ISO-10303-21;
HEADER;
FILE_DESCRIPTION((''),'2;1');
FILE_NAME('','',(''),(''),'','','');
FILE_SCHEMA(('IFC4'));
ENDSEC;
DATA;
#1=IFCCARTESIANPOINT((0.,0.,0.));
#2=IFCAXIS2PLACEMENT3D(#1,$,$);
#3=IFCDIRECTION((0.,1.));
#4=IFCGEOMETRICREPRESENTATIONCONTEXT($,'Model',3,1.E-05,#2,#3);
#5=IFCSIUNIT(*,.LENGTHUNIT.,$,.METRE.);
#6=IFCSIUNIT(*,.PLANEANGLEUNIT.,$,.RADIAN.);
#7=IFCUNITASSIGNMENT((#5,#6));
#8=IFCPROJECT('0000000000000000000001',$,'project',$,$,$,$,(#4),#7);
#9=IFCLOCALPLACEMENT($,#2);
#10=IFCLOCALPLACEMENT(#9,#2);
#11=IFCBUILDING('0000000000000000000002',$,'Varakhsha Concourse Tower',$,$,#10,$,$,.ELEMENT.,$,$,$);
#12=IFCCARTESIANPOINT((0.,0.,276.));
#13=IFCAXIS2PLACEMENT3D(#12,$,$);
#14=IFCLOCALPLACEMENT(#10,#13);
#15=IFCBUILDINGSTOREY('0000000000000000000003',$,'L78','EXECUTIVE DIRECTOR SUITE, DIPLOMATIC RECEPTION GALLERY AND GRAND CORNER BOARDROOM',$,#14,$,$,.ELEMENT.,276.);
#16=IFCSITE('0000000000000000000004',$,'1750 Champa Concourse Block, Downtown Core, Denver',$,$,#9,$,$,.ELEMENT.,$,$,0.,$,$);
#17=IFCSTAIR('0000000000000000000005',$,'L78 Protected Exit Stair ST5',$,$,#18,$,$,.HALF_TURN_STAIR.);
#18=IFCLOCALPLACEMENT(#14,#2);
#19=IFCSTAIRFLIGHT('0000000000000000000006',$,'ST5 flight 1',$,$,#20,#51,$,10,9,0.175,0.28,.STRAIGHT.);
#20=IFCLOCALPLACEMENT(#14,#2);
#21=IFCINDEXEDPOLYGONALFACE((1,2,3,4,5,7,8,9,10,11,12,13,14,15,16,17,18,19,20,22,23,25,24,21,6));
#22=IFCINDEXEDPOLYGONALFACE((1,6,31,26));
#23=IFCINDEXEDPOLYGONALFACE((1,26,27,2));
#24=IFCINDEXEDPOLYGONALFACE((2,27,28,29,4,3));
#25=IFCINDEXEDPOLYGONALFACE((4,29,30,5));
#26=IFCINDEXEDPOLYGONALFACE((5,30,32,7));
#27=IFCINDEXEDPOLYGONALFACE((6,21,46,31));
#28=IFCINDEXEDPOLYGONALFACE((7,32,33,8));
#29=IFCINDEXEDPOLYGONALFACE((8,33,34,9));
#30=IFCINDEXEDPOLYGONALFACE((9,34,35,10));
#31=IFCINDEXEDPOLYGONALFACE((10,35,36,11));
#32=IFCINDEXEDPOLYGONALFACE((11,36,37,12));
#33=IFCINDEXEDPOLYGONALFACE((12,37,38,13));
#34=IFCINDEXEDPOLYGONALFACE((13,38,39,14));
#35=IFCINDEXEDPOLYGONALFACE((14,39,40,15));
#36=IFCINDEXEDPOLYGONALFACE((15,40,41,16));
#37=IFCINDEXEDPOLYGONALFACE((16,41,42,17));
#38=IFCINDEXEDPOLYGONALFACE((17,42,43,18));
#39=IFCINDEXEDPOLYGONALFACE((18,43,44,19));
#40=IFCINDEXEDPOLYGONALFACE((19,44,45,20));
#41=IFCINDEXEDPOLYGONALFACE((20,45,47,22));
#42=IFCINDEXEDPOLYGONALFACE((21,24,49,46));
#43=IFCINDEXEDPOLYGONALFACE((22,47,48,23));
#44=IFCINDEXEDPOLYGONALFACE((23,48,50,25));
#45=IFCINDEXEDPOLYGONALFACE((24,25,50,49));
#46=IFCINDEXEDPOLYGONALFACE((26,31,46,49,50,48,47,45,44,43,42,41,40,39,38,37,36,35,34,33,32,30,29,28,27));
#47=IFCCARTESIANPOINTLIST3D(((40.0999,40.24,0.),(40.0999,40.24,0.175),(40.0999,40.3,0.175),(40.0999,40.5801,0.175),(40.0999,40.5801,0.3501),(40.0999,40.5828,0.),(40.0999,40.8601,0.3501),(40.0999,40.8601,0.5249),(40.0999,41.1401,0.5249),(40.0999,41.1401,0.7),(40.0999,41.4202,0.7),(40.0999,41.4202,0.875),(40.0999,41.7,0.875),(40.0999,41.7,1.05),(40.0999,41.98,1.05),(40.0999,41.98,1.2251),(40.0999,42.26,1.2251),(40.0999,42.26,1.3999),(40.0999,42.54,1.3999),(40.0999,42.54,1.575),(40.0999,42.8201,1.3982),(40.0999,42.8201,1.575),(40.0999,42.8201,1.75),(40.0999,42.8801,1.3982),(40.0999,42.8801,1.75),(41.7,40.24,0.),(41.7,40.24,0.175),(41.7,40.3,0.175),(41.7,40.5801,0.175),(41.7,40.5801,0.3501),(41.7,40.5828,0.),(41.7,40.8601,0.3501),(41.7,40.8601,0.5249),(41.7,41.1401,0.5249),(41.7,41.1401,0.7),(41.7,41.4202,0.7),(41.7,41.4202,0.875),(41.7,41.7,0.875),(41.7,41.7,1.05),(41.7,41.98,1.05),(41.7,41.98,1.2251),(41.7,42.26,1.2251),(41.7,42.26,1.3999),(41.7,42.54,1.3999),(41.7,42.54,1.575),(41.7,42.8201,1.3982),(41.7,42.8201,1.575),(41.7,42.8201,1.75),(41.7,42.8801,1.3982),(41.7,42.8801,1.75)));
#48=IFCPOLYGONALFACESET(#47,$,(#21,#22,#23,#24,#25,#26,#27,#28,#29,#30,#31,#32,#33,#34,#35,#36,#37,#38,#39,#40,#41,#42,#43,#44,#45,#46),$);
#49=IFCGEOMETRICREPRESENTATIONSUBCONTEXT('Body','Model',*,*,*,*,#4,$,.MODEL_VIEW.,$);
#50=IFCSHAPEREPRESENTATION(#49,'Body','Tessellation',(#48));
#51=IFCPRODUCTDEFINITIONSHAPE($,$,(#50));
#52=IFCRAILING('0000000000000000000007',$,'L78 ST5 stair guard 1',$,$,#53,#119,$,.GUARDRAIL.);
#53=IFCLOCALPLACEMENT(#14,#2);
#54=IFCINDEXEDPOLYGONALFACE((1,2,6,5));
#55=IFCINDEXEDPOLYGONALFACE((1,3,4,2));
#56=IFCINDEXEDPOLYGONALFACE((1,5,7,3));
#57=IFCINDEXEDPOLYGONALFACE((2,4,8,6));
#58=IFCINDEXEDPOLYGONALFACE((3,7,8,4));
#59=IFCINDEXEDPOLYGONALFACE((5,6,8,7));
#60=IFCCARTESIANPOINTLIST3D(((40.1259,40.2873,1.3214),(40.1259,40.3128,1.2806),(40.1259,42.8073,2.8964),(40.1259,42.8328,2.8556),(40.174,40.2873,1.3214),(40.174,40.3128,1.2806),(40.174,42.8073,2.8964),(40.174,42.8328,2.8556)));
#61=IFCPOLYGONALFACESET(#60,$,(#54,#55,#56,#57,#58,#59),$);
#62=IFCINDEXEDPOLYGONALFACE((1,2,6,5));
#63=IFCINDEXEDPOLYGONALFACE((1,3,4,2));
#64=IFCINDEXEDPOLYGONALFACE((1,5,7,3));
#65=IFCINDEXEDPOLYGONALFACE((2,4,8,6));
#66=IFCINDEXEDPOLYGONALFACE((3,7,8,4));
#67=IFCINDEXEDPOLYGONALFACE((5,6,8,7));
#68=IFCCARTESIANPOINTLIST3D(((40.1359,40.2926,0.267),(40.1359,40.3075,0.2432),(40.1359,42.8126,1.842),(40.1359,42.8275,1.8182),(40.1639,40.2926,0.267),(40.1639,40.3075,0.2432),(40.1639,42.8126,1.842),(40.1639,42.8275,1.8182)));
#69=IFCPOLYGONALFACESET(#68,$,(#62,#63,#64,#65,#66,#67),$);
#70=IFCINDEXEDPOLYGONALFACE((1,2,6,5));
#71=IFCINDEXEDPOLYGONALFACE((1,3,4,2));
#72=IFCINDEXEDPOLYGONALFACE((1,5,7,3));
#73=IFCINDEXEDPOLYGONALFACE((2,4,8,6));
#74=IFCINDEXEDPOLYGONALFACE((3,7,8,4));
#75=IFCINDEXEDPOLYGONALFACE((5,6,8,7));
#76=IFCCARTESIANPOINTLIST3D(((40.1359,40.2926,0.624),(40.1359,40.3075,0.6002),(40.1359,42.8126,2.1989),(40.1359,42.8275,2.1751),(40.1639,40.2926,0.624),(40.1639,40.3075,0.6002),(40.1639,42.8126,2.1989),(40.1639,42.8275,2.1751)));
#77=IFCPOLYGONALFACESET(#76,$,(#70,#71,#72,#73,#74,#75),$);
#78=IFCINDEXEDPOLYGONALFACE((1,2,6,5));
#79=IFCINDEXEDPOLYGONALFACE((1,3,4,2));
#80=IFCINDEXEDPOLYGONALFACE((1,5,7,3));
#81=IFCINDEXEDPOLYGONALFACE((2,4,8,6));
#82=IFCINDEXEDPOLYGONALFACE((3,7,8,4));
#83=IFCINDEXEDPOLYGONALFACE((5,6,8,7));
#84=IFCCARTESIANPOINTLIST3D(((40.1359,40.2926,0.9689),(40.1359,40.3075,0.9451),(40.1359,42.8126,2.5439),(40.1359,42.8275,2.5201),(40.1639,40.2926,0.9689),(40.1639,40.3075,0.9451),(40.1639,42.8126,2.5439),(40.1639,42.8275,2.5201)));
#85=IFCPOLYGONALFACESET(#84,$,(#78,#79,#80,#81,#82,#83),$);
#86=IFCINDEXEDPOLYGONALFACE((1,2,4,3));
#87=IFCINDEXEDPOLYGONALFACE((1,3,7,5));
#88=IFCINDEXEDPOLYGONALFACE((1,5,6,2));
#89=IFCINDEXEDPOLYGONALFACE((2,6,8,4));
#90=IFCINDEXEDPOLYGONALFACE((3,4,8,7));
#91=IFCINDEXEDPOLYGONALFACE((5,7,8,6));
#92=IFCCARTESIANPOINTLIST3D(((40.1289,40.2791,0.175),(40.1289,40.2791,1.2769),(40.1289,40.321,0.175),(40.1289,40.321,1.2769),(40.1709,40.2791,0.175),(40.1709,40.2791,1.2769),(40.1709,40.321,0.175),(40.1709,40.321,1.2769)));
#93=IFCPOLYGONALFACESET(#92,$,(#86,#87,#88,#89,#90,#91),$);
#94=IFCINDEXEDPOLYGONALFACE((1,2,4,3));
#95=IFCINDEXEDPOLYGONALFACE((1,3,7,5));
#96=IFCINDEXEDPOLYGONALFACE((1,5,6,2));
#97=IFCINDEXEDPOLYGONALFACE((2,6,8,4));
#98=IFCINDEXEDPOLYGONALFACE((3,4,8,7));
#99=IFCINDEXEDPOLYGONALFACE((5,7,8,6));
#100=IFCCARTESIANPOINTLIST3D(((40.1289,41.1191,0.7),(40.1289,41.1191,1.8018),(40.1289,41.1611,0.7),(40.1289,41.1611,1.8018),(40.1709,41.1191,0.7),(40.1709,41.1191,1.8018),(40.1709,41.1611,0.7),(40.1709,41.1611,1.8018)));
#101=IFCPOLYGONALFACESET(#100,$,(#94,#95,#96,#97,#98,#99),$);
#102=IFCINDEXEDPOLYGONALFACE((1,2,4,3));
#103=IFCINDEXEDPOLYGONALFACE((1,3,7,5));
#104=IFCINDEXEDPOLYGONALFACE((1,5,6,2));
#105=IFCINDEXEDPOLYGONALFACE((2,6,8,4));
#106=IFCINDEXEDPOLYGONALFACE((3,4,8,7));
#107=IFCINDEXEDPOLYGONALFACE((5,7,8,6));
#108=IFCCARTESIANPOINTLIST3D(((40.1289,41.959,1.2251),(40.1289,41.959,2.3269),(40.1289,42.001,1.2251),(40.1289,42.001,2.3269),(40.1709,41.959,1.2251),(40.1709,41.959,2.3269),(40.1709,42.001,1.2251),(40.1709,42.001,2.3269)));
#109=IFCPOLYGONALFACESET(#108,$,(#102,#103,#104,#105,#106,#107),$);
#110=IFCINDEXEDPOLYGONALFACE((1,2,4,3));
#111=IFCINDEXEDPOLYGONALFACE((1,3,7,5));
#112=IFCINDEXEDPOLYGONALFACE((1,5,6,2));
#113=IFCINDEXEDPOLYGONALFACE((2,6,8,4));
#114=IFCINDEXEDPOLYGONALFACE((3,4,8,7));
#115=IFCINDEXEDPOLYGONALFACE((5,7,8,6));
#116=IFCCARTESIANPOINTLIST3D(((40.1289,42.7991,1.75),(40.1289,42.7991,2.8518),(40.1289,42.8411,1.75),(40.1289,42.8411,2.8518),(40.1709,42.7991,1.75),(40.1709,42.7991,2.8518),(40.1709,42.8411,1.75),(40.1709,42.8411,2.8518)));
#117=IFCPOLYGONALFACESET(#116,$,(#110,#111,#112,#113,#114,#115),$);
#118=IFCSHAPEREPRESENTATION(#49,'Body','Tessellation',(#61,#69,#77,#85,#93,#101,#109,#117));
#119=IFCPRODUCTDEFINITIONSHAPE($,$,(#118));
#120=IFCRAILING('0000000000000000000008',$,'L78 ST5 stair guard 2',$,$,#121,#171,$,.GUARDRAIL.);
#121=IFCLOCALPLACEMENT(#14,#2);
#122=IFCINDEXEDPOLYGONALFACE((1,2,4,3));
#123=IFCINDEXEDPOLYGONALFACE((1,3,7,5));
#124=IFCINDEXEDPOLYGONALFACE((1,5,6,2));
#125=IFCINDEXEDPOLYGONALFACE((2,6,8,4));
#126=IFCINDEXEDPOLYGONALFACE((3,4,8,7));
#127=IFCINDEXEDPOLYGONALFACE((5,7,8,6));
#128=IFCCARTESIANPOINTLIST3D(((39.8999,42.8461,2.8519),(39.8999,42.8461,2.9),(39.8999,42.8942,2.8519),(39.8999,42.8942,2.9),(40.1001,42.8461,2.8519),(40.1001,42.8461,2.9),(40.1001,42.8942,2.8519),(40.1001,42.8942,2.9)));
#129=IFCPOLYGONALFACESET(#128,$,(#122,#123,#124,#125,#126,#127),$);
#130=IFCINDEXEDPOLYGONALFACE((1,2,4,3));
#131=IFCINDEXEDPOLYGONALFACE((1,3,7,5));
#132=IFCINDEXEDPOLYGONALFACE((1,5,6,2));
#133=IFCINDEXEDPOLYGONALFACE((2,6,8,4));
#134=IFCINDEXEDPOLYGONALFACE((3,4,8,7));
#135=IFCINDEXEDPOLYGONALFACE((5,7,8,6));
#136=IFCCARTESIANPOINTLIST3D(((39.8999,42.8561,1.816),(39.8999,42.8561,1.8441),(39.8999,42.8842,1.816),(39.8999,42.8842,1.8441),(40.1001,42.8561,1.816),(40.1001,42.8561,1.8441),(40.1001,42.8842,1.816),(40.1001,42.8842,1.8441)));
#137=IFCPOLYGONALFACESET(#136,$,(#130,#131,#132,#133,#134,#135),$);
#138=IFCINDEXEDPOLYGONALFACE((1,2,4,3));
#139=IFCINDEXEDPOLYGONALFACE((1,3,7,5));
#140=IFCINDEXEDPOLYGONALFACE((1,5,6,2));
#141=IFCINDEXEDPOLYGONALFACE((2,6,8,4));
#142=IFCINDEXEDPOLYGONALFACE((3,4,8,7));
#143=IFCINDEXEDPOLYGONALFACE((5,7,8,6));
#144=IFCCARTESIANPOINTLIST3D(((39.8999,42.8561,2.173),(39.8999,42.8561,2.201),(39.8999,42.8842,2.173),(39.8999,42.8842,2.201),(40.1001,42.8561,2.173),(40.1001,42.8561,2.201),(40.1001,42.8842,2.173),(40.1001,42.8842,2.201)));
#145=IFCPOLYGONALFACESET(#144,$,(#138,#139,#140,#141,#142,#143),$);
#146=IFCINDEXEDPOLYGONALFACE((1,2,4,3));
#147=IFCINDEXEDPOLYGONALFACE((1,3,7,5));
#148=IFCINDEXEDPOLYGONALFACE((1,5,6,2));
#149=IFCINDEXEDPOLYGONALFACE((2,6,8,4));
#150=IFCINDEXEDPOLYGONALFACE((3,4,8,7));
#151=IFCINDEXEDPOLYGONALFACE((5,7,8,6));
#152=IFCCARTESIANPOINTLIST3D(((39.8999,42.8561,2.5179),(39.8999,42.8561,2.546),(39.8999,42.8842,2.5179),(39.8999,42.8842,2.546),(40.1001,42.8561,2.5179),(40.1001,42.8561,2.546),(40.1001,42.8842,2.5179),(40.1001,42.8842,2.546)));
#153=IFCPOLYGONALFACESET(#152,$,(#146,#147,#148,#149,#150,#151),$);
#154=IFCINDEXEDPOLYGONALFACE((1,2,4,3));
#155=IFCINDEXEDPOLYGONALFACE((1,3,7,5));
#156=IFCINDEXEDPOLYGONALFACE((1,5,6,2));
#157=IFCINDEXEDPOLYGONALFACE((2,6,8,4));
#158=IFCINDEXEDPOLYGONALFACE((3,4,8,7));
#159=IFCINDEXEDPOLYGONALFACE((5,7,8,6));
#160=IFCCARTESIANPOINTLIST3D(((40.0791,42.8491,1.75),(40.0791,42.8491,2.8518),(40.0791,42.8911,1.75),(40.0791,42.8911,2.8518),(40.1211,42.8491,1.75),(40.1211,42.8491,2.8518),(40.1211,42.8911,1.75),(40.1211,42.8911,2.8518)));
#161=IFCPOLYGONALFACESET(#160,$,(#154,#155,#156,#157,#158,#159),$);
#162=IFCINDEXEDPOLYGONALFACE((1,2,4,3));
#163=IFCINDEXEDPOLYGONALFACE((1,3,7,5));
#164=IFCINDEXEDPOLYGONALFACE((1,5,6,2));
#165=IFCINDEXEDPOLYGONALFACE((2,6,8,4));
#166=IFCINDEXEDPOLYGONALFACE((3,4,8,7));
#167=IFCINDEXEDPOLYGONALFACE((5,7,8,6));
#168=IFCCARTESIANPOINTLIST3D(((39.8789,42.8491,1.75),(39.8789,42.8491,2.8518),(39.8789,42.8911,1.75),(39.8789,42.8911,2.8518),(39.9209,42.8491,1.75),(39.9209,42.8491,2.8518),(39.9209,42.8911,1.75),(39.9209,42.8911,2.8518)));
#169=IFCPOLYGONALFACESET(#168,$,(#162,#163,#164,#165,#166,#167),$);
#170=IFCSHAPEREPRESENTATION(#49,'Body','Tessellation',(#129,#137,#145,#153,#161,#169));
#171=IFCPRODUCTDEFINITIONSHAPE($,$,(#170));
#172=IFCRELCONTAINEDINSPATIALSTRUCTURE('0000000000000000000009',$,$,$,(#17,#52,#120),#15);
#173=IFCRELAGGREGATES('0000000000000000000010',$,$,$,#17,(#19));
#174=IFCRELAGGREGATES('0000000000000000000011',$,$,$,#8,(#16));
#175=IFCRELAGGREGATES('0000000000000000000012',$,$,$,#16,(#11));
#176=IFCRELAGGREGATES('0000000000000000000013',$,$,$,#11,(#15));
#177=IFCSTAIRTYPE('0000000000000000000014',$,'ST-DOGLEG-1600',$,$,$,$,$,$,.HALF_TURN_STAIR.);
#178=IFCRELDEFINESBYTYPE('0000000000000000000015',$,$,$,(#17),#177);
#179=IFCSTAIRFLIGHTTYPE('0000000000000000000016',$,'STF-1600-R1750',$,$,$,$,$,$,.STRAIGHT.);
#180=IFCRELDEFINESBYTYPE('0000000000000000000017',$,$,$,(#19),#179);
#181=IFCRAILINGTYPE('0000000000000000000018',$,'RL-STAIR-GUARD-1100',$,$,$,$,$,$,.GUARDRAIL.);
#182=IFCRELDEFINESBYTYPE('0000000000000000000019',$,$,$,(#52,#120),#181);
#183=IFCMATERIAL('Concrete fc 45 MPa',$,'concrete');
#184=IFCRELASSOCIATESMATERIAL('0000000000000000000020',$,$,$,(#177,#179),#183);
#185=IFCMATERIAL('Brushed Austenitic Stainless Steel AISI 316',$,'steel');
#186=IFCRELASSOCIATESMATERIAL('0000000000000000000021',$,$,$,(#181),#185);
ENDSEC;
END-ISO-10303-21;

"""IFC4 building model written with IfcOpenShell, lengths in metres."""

from ifc_helpers import new_model, si_unit, direction, frame, origin, origin_2d, place, context, subcontext, project, spatial, polyline, rectangle, outline, extrude, material, type_object, element, aggregate, save


model = new_model("IFC4")

# Units and contexts
model_context = context("Model", 3, precision=1e-05, world=origin(), true_north=direction((0.0, 1.0)))
body_context = subcontext(model_context, "Body", "Model", "MODEL_VIEW")
ifc_project = project(units=[si_unit("LENGTHUNIT", "METRE"), si_unit("PLANEANGLEUNIT", "RADIAN")], contexts=[model_context])

# Site, building, storey
site_placement = place(None, origin())
site = spatial("IfcSite", under=ifc_project, at=site_placement, Name="1750 Champa Concourse Block, Downtown Core, Denver", CompositionType="ELEMENT", RefElevation=0.0)
building_placement = place(site_placement, origin())
building = spatial("IfcBuilding", under=site, at=building_placement, Name="Varakhsha Concourse Tower", CompositionType="ELEMENT")
storey_placement = place(building_placement, frame((0.0, 0.0, 276.0)))
storey = spatial("IfcBuildingStorey", under=building, at=storey_placement, Name="L78", Description="EXECUTIVE DIRECTOR SUITE, DIPLOMATIC RECEPTION GALLERY AND GRAND CORNER BOARDROOM", CompositionType="ELEMENT", Elevation=276.0)

# Shared definitions
ifc_material_1 = material(Name="Concrete fc 45 MPa", Category="concrete")

# Stair, stair flight
stair_type = type_object("IfcStairType", Name="ST-DOGLEG-1600", PredefinedType="HALF_TURN_STAIR", material=ifc_material_1)
stair_placement = place(storey_placement, origin())
stair = element("IfcStair", 1, at=stair_placement, inside=storey, type_object=stair_type, Name="L78 Protected Exit Stair ST5", PredefinedType="HALF_TURN_STAIR")
stair_flight_type = type_object("IfcStairFlightType", Name="STF-1600-R1750", PredefinedType="STRAIGHT", material=ifc_material_1)
stair_flight_placement = place(storey_placement, frame((40.8999, 40.3, 0.0), z_axis=(0.0, 0.0, 1.0), x_axis=(0.0, 1.0, 0.0)))
stair_flight = element("IfcStairFlight", 2, at=stair_flight_placement, type_object=stair_flight_type, Name="ST5 flight 1", NumberOfRisers=10, NumberOfTreads=9, PredefinedType="STRAIGHT", RiserHeight=0.175, TreadLength=0.28, context=body_context, shape_type="SweptSolid", body=[
    extrude(outline(polyline([(-0.0601, 0.0), (-0.0601, 0.175), (0.0, 0.175), (0.28, 0.175), (0.28, 0.3501), (0.5601, 0.3501), (0.5601, 0.5249), (0.8401, 0.5249), (0.8401, 0.7), (1.1201, 0.7), (1.1201, 0.875), (1.3999, 0.875), (1.3999, 1.05), (1.6799, 1.05), (1.6799, 1.2251), (1.96, 1.2251), (1.96, 1.3999), (2.24, 1.3999), (2.24, 1.575), (2.52, 1.575), (2.52, 1.75), (2.5801, 1.75), (2.5801, 1.3982), (2.52, 1.3982), (0.2827, 0.0), (-0.0601, 0.0)])), frame((0.0, 0.8, 0.0), z_axis=(0.0, -1.0, 0.0), x_axis=(1.0, 0.0, 0.0)), (0.0, 0.0, 1.0), 1.6001),
])
aggregate(stair, [stair_flight])

# Railings
ifc_material_2 = material(Name="Brushed Austenitic Stainless Steel AISI 316", Category="steel")
railing_type_1 = type_object("IfcRailingType", Name="RL-STAIR-GUARD-1100", PredefinedType="GUARDRAIL", material=ifc_material_2)
railing_1_placement = place(storey_placement, frame((40.1499, 40.3, 0.175)))
element("IfcRailing", 3, at=railing_1_placement, inside=storey, type_object=railing_type_1, Name="L78 ST5 stair guard 1", PredefinedType="GUARDRAIL", context=body_context, shape_type="SweptSolid", body=[
    extrude(rectangle(XDim=0.0481, YDim=0.0481, at=origin_2d()), frame((0.0, 0.0, 1.126), z_axis=(0.0, 0.848008, 0.529984), x_axis=(-1.0, 0.0, 0.0)), (0.0, 0.0, 1.0), 2.9717),
    extrude(rectangle(XDim=0.0281, YDim=0.0281, at=origin_2d()), frame((0.0, 0.0, 0.0801), z_axis=(0.0, 0.848008, 0.529984), x_axis=(-1.0, 0.0, 0.0)), (0.0, 0.0, 1.0), 2.9717),
    extrude(rectangle(XDim=0.0281, YDim=0.0281, at=origin_2d()), frame((0.0, 0.0, 0.437), z_axis=(0.0, 0.848008, 0.529984), x_axis=(-1.0, 0.0, 0.0)), (0.0, 0.0, 1.0), 2.9717),
    extrude(rectangle(XDim=0.0281, YDim=0.0281, at=origin_2d()), frame((0.0, 0.0, 0.782), z_axis=(0.0, 0.848008, 0.529984), x_axis=(-1.0, 0.0, 0.0)), (0.0, 0.0, 1.0), 2.9717),
    extrude(rectangle(XDim=0.042, YDim=0.042, at=origin_2d()), origin(), (0.0, 0.0, 1.0), 1.1018),
    extrude(rectangle(XDim=0.042, YDim=0.042, at=origin_2d()), frame((0.0, 0.8401, 0.5249)), (0.0, 0.0, 1.0), 1.1018),
    extrude(rectangle(XDim=0.042, YDim=0.042, at=origin_2d()), frame((0.0, 1.6799, 1.05)), (0.0, 0.0, 1.0), 1.1018),
    extrude(rectangle(XDim=0.042, YDim=0.042, at=origin_2d()), frame((0.0, 2.52, 1.575)), (0.0, 0.0, 1.0), 1.1018),
])
railing_2_placement = place(storey_placement, frame((40.1001, 42.8701, 1.75)))
element("IfcRailing", 4, at=railing_2_placement, inside=storey, type_object=railing_type_1, Name="L78 ST5 stair guard 2", PredefinedType="GUARDRAIL", context=body_context, shape_type="SweptSolid", body=[
    extrude(rectangle(XDim=0.0481, YDim=0.0481, at=origin_2d()), frame((0.0, 0.0, 1.126), z_axis=(-1.0, 0.0, 0.0), x_axis=(0.0, -1.0, 0.0)), (0.0, 0.0, 1.0), 0.2002),
    extrude(rectangle(XDim=0.0281, YDim=0.0281, at=origin_2d()), frame((0.0, 0.0, 0.0801), z_axis=(-1.0, 0.0, 0.0), x_axis=(0.0, -1.0, 0.0)), (0.0, 0.0, 1.0), 0.2002),
    extrude(rectangle(XDim=0.0281, YDim=0.0281, at=origin_2d()), frame((0.0, 0.0, 0.437), z_axis=(-1.0, 0.0, 0.0), x_axis=(0.0, -1.0, 0.0)), (0.0, 0.0, 1.0), 0.2002),
    extrude(rectangle(XDim=0.0281, YDim=0.0281, at=origin_2d()), frame((0.0, 0.0, 0.782), z_axis=(-1.0, 0.0, 0.0), x_axis=(0.0, -1.0, 0.0)), (0.0, 0.0, 1.0), 0.2002),
    extrude(rectangle(XDim=0.042, YDim=0.042, at=origin_2d()), origin(), (0.0, 0.0, 1.0), 1.1018),
    extrude(rectangle(XDim=0.042, YDim=0.042, at=origin_2d()), frame((-0.2002, 0.0, 0.0)), (0.0, 0.0, 1.0), 1.1018),
])

save(model, "model.ifc")
